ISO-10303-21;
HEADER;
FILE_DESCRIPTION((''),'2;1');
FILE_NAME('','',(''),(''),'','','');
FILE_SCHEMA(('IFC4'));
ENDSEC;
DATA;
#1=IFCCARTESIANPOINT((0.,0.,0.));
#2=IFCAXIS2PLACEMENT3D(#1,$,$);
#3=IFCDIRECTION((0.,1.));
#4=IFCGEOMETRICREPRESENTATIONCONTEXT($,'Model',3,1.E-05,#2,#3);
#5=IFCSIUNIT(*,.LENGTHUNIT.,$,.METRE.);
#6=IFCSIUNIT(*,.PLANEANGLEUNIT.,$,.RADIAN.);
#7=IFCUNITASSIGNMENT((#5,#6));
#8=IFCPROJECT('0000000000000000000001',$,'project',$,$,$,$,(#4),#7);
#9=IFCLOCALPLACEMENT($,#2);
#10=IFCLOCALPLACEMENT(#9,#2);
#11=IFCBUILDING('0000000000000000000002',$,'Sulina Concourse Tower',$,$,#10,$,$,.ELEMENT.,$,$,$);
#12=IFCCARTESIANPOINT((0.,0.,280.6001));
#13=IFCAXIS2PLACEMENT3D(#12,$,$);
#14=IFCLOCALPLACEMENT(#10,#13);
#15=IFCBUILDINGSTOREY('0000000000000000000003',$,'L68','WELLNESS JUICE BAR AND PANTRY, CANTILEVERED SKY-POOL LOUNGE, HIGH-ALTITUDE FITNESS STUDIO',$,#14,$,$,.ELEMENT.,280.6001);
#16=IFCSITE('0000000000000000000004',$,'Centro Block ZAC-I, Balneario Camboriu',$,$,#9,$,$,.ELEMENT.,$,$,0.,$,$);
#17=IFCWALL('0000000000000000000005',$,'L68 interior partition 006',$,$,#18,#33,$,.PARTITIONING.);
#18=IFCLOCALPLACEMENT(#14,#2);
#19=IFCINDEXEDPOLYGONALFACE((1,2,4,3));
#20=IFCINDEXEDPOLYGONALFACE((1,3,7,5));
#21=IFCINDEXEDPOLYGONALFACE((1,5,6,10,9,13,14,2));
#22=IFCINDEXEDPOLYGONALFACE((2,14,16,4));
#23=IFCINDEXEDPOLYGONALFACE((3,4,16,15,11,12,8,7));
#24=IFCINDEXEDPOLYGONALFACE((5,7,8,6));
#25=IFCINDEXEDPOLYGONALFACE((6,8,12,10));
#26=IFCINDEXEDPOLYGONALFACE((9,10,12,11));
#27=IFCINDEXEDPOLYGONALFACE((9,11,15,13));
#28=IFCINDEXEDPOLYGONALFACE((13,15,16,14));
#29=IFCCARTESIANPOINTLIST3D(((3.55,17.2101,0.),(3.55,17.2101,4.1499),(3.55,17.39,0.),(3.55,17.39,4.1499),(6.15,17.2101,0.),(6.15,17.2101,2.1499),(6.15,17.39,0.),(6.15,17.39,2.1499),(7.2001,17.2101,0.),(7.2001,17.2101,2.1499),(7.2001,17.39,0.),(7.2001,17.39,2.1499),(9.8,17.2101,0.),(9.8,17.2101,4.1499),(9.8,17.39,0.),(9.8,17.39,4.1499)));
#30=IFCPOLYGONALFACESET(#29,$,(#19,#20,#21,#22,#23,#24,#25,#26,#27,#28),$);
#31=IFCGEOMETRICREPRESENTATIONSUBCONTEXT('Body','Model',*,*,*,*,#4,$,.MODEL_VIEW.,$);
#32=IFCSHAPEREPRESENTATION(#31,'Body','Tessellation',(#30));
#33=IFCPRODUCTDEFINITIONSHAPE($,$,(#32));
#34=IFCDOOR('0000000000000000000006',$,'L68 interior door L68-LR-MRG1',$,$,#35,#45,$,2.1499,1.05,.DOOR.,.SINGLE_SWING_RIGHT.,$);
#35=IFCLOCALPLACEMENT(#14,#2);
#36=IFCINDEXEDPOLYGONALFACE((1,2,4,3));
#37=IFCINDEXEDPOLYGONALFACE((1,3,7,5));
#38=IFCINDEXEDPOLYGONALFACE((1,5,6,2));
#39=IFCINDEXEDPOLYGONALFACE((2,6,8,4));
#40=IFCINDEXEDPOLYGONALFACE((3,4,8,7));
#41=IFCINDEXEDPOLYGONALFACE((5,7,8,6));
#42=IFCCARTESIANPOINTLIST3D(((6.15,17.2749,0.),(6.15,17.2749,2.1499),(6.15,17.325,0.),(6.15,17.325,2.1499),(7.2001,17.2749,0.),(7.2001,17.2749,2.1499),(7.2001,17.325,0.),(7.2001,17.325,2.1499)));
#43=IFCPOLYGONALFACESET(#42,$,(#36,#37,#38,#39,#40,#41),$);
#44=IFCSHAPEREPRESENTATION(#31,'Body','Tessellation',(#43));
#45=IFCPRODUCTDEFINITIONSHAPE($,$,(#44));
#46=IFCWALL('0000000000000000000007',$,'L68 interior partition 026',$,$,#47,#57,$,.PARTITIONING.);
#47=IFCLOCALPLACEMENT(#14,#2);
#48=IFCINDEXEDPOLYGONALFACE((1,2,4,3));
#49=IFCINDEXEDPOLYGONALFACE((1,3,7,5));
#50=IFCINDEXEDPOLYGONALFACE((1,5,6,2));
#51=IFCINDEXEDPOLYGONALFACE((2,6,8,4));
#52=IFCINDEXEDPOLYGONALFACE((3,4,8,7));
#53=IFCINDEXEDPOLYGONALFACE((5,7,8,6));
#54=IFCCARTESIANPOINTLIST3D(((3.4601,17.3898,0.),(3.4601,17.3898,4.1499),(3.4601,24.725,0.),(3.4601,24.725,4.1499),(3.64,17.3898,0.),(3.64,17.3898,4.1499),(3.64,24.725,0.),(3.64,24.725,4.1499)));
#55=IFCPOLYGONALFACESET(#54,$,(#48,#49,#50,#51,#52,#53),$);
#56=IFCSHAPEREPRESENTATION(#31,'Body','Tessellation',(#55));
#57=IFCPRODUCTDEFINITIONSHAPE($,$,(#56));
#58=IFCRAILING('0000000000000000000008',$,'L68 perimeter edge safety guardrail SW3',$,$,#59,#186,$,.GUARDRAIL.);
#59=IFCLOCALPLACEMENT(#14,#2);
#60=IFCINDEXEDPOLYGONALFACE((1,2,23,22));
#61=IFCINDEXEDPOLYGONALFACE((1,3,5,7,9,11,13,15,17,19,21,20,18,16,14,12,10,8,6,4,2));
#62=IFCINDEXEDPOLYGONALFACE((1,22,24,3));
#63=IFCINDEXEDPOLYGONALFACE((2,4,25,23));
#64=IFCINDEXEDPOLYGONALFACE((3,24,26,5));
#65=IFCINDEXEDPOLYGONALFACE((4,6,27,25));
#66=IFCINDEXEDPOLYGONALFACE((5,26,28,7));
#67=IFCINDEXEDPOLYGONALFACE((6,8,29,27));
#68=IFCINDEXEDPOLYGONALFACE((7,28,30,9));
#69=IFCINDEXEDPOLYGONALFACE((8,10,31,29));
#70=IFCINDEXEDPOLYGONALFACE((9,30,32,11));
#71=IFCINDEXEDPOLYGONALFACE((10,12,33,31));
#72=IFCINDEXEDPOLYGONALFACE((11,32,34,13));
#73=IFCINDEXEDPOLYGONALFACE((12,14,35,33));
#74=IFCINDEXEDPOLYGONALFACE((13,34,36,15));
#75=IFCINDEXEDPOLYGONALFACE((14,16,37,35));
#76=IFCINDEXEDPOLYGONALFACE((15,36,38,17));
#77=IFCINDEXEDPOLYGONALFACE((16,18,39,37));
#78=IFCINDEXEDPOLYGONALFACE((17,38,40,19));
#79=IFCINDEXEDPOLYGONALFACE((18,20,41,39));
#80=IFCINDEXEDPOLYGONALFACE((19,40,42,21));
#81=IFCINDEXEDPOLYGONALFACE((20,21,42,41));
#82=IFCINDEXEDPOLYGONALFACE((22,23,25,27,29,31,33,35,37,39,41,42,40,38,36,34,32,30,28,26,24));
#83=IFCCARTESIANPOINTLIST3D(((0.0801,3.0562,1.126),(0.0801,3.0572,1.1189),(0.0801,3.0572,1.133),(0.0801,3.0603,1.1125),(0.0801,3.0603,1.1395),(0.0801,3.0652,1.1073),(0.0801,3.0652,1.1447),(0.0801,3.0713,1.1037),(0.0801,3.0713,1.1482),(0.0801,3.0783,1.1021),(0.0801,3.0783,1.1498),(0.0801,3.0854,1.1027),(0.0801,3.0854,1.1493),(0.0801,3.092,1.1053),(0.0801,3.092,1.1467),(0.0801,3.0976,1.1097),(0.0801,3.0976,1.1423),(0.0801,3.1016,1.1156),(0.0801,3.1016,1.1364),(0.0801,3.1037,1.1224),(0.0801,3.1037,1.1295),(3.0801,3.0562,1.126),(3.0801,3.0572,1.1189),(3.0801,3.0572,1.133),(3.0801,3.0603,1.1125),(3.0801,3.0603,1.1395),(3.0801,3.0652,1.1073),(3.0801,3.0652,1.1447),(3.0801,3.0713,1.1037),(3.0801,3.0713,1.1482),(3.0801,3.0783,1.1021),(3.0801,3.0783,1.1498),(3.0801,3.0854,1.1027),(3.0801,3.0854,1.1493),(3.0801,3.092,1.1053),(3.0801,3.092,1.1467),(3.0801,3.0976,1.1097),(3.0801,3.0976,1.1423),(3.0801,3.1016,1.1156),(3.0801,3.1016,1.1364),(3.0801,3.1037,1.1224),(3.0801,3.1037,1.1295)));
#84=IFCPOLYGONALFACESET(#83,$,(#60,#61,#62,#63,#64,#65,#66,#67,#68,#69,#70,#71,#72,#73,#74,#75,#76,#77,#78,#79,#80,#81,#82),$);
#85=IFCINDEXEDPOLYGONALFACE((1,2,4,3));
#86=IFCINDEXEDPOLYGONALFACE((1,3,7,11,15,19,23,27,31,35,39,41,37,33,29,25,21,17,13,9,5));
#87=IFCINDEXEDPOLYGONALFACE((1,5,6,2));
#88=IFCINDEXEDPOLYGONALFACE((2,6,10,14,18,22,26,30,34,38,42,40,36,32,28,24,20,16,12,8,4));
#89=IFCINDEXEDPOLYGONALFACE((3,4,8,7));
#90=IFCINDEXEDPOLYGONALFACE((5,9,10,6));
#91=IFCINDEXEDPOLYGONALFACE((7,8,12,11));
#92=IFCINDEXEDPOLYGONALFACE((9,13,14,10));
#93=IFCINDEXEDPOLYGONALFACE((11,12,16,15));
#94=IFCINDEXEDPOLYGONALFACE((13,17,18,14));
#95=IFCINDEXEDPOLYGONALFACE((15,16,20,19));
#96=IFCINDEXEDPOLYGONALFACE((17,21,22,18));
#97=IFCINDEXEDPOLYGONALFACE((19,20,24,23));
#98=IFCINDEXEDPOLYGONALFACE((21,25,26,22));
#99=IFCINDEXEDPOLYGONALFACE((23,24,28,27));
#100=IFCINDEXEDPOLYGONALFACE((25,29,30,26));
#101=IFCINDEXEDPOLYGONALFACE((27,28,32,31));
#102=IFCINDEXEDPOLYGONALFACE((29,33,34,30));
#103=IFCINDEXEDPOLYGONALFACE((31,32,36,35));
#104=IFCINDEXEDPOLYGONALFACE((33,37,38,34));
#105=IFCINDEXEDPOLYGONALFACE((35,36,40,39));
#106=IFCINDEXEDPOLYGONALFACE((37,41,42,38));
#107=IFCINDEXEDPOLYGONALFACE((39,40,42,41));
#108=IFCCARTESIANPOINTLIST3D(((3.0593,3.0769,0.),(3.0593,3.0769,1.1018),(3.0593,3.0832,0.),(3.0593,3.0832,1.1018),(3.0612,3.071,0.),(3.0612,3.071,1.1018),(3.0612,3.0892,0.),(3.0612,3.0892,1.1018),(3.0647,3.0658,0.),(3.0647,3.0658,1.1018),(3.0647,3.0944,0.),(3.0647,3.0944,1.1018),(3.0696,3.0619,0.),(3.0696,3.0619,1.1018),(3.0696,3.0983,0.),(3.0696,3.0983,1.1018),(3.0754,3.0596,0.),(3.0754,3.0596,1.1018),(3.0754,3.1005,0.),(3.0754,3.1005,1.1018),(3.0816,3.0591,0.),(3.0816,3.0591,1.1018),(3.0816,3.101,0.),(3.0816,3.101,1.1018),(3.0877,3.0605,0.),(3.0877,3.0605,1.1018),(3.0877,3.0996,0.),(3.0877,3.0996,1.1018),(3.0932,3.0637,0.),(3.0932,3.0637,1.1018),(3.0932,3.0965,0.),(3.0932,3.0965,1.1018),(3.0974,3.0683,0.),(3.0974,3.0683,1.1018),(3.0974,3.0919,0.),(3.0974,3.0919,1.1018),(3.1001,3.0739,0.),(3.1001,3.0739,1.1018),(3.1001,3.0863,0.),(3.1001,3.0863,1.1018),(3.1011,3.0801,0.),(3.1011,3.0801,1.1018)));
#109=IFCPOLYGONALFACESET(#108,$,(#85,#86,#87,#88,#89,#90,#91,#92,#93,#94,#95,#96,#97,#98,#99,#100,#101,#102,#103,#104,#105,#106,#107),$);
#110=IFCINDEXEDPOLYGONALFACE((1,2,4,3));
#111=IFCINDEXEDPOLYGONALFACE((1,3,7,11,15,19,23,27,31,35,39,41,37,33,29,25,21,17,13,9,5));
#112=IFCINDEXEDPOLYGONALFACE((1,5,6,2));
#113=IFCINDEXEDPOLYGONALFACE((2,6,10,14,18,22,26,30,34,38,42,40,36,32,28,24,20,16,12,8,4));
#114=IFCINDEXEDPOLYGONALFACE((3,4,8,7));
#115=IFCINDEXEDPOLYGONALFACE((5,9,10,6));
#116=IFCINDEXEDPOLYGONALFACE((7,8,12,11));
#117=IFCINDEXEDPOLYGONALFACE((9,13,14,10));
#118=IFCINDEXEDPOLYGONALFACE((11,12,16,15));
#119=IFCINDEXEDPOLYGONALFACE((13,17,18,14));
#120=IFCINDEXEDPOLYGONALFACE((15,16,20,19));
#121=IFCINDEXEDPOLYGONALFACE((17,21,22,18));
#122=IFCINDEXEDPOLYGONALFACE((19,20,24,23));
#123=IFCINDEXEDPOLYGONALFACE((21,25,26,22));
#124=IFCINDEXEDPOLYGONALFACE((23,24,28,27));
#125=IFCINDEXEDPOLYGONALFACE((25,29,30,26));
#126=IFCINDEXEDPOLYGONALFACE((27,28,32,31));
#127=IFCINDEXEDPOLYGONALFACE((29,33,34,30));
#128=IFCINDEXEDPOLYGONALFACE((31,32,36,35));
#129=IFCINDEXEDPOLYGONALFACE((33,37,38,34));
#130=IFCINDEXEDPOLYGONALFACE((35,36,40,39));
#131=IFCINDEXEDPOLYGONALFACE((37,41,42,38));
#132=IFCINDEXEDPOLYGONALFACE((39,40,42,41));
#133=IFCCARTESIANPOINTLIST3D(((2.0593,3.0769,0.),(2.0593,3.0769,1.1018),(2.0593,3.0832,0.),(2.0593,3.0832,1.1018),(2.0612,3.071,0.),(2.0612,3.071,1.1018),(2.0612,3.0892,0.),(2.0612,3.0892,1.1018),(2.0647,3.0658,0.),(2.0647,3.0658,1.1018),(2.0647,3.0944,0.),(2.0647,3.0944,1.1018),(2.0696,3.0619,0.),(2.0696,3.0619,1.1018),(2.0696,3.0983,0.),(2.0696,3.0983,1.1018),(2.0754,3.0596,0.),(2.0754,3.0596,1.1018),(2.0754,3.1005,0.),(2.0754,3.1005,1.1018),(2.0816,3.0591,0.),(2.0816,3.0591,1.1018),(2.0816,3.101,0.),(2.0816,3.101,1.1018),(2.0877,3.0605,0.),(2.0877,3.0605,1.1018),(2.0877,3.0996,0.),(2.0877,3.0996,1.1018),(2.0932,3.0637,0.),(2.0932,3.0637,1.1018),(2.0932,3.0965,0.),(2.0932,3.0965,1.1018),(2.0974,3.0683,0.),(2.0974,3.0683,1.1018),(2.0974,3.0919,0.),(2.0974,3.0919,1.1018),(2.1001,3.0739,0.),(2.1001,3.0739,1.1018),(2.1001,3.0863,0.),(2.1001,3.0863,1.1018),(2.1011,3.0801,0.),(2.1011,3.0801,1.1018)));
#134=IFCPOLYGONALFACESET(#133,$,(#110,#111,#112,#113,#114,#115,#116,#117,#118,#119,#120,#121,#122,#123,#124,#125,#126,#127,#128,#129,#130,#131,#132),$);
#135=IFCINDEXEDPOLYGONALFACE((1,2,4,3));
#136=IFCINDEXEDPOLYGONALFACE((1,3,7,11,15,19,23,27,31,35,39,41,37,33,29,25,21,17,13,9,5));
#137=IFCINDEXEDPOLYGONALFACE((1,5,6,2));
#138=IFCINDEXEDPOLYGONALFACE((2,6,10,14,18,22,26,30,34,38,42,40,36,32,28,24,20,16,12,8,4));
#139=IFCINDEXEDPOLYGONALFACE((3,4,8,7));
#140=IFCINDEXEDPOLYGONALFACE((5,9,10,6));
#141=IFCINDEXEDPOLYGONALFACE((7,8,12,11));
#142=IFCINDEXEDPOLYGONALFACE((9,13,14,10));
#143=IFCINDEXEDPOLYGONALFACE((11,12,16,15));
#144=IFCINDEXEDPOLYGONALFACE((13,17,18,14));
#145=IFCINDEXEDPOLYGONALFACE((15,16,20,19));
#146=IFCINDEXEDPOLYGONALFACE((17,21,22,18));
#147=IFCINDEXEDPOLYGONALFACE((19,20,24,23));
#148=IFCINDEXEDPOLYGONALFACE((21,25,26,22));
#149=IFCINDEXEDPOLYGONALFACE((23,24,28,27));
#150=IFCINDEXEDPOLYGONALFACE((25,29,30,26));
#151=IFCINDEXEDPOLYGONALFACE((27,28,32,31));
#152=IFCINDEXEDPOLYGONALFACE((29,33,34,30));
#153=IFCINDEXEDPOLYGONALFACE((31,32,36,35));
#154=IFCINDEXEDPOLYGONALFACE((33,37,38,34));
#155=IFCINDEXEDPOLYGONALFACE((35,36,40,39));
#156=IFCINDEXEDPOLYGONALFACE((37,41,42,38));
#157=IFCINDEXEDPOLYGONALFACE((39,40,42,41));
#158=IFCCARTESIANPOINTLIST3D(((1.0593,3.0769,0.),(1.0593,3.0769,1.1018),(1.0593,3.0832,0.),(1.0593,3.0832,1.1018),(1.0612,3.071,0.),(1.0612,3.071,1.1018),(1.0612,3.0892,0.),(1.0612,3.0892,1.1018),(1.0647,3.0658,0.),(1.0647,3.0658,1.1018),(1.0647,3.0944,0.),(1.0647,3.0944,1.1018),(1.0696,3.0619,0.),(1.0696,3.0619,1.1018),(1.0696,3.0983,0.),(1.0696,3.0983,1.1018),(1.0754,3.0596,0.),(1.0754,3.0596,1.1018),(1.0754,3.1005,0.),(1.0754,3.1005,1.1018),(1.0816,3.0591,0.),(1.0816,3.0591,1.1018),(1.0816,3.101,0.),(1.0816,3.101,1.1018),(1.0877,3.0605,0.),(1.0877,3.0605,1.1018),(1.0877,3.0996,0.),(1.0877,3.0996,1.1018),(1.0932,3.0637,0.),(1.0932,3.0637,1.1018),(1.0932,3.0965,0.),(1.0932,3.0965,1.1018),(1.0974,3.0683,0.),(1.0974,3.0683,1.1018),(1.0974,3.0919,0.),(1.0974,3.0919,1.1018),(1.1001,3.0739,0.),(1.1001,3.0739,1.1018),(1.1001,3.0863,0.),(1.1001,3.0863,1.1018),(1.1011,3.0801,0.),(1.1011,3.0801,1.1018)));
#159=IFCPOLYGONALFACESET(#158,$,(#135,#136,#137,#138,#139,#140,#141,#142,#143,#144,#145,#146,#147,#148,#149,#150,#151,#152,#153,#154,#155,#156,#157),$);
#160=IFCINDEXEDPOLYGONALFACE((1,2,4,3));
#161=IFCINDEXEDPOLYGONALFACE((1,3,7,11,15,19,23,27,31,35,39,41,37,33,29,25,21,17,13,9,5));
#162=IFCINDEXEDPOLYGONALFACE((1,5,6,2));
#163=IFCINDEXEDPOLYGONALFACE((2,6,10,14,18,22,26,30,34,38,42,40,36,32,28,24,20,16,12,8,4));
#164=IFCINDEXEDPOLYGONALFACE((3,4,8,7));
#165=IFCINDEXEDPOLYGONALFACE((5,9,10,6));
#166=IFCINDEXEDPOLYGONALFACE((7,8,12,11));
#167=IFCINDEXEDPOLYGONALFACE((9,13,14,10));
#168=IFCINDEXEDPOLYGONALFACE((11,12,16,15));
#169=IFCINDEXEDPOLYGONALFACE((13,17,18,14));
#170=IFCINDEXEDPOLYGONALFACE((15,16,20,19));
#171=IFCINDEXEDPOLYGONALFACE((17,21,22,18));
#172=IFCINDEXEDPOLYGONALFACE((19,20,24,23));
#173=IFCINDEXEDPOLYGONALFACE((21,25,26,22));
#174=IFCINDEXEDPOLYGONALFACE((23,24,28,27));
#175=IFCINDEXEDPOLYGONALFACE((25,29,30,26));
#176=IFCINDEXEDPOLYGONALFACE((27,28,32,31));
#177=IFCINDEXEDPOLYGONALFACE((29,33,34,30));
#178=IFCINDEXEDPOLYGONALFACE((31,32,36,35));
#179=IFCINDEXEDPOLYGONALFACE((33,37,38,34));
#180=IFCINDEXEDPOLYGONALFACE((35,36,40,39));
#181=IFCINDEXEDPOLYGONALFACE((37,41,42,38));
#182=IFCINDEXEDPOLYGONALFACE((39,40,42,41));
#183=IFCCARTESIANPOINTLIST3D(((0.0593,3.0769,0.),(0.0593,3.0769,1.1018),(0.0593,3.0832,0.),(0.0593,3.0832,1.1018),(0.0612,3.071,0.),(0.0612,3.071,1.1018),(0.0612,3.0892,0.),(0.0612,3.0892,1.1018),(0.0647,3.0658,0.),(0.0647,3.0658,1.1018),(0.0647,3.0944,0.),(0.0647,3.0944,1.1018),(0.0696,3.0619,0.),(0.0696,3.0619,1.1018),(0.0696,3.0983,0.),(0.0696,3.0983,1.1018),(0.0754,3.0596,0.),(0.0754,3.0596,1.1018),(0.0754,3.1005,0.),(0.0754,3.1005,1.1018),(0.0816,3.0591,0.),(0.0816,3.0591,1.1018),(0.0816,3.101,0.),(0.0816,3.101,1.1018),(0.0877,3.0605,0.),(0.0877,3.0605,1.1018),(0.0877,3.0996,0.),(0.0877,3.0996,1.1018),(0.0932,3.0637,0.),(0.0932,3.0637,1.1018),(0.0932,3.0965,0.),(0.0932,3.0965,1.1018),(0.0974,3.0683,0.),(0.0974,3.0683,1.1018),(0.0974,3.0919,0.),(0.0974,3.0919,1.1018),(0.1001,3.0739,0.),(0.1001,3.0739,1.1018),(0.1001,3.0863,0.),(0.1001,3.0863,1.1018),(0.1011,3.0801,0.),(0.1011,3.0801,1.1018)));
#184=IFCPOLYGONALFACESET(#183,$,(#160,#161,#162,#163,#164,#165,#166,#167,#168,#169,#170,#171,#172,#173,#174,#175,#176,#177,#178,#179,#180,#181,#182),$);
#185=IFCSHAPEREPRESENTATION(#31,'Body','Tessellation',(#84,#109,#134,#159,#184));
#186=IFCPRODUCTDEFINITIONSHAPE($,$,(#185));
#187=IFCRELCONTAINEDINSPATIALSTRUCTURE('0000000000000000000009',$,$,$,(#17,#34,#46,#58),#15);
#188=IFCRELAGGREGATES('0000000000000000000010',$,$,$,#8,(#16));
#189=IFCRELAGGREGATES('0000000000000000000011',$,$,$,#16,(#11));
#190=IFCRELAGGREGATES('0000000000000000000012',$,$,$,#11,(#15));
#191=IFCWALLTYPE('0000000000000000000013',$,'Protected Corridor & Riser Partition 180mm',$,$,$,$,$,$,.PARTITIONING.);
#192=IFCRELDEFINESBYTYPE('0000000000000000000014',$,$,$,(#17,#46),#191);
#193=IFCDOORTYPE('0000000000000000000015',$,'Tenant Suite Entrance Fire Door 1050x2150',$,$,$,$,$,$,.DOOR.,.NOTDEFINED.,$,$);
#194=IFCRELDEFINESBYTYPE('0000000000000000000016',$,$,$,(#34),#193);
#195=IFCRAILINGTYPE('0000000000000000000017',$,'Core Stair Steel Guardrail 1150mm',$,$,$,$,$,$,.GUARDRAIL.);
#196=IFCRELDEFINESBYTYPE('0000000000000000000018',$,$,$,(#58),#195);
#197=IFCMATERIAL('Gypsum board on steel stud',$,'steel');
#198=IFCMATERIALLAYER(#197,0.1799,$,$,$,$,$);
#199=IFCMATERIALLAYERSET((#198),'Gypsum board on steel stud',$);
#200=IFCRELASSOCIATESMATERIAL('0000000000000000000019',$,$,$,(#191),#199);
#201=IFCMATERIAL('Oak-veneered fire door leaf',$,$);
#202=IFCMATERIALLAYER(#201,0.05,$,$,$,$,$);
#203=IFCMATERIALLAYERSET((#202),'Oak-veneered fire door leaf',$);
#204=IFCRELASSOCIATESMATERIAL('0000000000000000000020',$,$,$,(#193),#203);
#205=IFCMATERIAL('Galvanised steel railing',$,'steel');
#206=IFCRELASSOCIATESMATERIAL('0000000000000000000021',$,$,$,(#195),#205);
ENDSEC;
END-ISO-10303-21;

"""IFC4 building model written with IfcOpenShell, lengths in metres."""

from ifc_helpers import new_model, si_unit, direction, frame, frame_2d, origin, origin_2d, place, context, subcontext, project, spatial, rectangle, circle, extrude, material, layer, layer_set, type_object, element, fill, save


model = new_model("IFC4")

# Units and contexts
model_context = context("Model", 3, precision=1e-05, world=origin(), true_north=direction((0.0, 1.0)))
body_context = subcontext(model_context, "Body", "Model", "MODEL_VIEW")
ifc_project = project(units=[si_unit("LENGTHUNIT", "METRE"), si_unit("PLANEANGLEUNIT", "RADIAN")], contexts=[model_context])

# Site, building, storey
site_placement = place(None, origin())
site = spatial("IfcSite", under=ifc_project, at=site_placement, Name="Centro Block ZAC-I, Balneario Camboriu", CompositionType="ELEMENT", RefElevation=0.0)
building_placement = place(site_placement, origin())
building = spatial("IfcBuilding", under=site, at=building_placement, Name="Sulina Concourse Tower", CompositionType="ELEMENT")
storey_placement = place(building_placement, frame((0.0, 0.0, 280.6001)))
storey = spatial("IfcBuildingStorey", under=building, at=storey_placement, Name="L68", Description="WELLNESS JUICE BAR AND PANTRY, CANTILEVERED SKY-POOL LOUNGE, HIGH-ALTITUDE FITNESS STUDIO", CompositionType="ELEMENT", Elevation=280.6001)

# Wall, opening, door
ifc_material_1 = material(Name="Gypsum board on steel stud", Category="steel")
ifc_layer_1 = layer(ifc_material_1, 0.1799)
ifc_layer_set_1 = layer_set([ifc_layer_1], Name="Gypsum board on steel stud")
wall_type_1 = type_object("IfcWallType", Name="Protected Corridor & Riser Partition 180mm", PredefinedType="PARTITIONING", material=ifc_layer_set_1)
wall_1_placement = place(storey_placement, frame((3.55, 17.3, 0.0), z_axis=(0.0, 0.0, 1.0), x_axis=(1.0, 0.0, 0.0)))
wall_1 = element("IfcWall", 1, at=wall_1_placement, inside=storey, type_object=wall_type_1, Name="L68 interior partition 006", PredefinedType="PARTITIONING", context=body_context, shape_type="SweptSolid", body=[
    extrude(rectangle(XDim=6.25, YDim=0.1799, at=frame_2d((3.125, 0.0))), origin(), (0.0, 0.0, 1.0), 4.1499),
])
opening_1_placement = place(wall_1_placement, frame((2.6001, 0.0, 0.0)))
opening_1 = element("IfcOpeningElement", 2, at=opening_1_placement, cuts=wall_1, PredefinedType="OPENING", context=body_context, shape_type="SweptSolid", body=[
    extrude(rectangle(XDim=1.05, YDim=2.1499, at=frame_2d((0.5249, 1.075))), frame((0.0, 0.0999, 0.0), z_axis=(0.0, -1.0, 0.0), x_axis=(1.0, 0.0, 0.0)), (0.0, 0.0, 1.0), 0.2),
])
ifc_material_2 = material(Name="Oak-veneered fire door leaf")
ifc_layer_2 = layer(ifc_material_2, 0.05)
ifc_layer_set_2 = layer_set([ifc_layer_2], Name="Oak-veneered fire door leaf")
door_type_1 = type_object("IfcDoorType", Name="Tenant Suite Entrance Fire Door 1050x2150", OperationType="NOTDEFINED", PredefinedType="DOOR", material=ifc_layer_set_2)
door_1_placement = place(opening_1_placement, origin())
door_1 = element("IfcDoor", 3, at=door_1_placement, inside=storey, type_object=door_type_1, Name="L68 interior door L68-LR-MRG1", OperationType="SINGLE_SWING_RIGHT", OverallHeight=2.1499, OverallWidth=1.05, PredefinedType="DOOR", context=body_context, shape_type="SweptSolid", body=[
    extrude(rectangle(XDim=1.05, YDim=2.1499, at=frame_2d((0.5249, 1.075))), frame((0.0, 0.0249, 0.0), z_axis=(0.0, -1.0, 0.0), x_axis=(1.0, 0.0, 0.0)), (0.0, 0.0, 1.0), 0.05),
])
fill(opening_1, door_1)

# Wall
wall_2_placement = place(storey_placement, frame((3.55, 17.3899, 0.0), z_axis=(0.0, 0.0, 1.0), x_axis=(0.0, 1.0, 0.0)))
element("IfcWall", 4, at=wall_2_placement, inside=storey, type_object=wall_type_1, Name="L68 interior partition 026", PredefinedType="PARTITIONING", context=body_context, shape_type="SweptSolid", body=[
    extrude(rectangle(XDim=7.3352, YDim=0.1799, at=frame_2d((3.6675, 0.0))), origin(), (0.0, 0.0, 1.0), 4.1499),
])

# Railing
ifc_material_3 = material(Name="Galvanised steel railing", Category="steel")
railing_type = type_object("IfcRailingType", Name="Core Stair Steel Guardrail 1150mm", PredefinedType="GUARDRAIL", material=ifc_material_3)
railing_1_placement = place(storey_placement, frame((3.0801, 3.0801, 0.0)))
element("IfcRailing", 5, at=railing_1_placement, inside=storey, type_object=railing_type, Name="L68 perimeter edge safety guardrail SW3", PredefinedType="GUARDRAIL", context=body_context, shape_type="SweptSolid", body=[
    extrude(circle(Radius=0.0239, at=origin_2d()), frame((0.0, 0.0, 1.126), z_axis=(-1.0, 0.0, 0.0), x_axis=(0.0, -1.0, 0.0)), (0.0, 0.0, 1.0), 3.0),
    extrude(circle(Radius=0.021, at=origin_2d()), origin(), (0.0, 0.0, 1.0), 1.1018),
    extrude(circle(Radius=0.021, at=origin_2d()), frame((-1.0, 0.0, 0.0)), (0.0, 0.0, 1.0), 1.1018),
    extrude(circle(Radius=0.021, at=origin_2d()), frame((-2.0, 0.0, 0.0)), (0.0, 0.0, 1.0), 1.1018),
    extrude(circle(Radius=0.021, at=origin_2d()), frame((-3.0, 0.0, 0.0)), (0.0, 0.0, 1.0), 1.1018),
])

save(model, "model.ifc")
